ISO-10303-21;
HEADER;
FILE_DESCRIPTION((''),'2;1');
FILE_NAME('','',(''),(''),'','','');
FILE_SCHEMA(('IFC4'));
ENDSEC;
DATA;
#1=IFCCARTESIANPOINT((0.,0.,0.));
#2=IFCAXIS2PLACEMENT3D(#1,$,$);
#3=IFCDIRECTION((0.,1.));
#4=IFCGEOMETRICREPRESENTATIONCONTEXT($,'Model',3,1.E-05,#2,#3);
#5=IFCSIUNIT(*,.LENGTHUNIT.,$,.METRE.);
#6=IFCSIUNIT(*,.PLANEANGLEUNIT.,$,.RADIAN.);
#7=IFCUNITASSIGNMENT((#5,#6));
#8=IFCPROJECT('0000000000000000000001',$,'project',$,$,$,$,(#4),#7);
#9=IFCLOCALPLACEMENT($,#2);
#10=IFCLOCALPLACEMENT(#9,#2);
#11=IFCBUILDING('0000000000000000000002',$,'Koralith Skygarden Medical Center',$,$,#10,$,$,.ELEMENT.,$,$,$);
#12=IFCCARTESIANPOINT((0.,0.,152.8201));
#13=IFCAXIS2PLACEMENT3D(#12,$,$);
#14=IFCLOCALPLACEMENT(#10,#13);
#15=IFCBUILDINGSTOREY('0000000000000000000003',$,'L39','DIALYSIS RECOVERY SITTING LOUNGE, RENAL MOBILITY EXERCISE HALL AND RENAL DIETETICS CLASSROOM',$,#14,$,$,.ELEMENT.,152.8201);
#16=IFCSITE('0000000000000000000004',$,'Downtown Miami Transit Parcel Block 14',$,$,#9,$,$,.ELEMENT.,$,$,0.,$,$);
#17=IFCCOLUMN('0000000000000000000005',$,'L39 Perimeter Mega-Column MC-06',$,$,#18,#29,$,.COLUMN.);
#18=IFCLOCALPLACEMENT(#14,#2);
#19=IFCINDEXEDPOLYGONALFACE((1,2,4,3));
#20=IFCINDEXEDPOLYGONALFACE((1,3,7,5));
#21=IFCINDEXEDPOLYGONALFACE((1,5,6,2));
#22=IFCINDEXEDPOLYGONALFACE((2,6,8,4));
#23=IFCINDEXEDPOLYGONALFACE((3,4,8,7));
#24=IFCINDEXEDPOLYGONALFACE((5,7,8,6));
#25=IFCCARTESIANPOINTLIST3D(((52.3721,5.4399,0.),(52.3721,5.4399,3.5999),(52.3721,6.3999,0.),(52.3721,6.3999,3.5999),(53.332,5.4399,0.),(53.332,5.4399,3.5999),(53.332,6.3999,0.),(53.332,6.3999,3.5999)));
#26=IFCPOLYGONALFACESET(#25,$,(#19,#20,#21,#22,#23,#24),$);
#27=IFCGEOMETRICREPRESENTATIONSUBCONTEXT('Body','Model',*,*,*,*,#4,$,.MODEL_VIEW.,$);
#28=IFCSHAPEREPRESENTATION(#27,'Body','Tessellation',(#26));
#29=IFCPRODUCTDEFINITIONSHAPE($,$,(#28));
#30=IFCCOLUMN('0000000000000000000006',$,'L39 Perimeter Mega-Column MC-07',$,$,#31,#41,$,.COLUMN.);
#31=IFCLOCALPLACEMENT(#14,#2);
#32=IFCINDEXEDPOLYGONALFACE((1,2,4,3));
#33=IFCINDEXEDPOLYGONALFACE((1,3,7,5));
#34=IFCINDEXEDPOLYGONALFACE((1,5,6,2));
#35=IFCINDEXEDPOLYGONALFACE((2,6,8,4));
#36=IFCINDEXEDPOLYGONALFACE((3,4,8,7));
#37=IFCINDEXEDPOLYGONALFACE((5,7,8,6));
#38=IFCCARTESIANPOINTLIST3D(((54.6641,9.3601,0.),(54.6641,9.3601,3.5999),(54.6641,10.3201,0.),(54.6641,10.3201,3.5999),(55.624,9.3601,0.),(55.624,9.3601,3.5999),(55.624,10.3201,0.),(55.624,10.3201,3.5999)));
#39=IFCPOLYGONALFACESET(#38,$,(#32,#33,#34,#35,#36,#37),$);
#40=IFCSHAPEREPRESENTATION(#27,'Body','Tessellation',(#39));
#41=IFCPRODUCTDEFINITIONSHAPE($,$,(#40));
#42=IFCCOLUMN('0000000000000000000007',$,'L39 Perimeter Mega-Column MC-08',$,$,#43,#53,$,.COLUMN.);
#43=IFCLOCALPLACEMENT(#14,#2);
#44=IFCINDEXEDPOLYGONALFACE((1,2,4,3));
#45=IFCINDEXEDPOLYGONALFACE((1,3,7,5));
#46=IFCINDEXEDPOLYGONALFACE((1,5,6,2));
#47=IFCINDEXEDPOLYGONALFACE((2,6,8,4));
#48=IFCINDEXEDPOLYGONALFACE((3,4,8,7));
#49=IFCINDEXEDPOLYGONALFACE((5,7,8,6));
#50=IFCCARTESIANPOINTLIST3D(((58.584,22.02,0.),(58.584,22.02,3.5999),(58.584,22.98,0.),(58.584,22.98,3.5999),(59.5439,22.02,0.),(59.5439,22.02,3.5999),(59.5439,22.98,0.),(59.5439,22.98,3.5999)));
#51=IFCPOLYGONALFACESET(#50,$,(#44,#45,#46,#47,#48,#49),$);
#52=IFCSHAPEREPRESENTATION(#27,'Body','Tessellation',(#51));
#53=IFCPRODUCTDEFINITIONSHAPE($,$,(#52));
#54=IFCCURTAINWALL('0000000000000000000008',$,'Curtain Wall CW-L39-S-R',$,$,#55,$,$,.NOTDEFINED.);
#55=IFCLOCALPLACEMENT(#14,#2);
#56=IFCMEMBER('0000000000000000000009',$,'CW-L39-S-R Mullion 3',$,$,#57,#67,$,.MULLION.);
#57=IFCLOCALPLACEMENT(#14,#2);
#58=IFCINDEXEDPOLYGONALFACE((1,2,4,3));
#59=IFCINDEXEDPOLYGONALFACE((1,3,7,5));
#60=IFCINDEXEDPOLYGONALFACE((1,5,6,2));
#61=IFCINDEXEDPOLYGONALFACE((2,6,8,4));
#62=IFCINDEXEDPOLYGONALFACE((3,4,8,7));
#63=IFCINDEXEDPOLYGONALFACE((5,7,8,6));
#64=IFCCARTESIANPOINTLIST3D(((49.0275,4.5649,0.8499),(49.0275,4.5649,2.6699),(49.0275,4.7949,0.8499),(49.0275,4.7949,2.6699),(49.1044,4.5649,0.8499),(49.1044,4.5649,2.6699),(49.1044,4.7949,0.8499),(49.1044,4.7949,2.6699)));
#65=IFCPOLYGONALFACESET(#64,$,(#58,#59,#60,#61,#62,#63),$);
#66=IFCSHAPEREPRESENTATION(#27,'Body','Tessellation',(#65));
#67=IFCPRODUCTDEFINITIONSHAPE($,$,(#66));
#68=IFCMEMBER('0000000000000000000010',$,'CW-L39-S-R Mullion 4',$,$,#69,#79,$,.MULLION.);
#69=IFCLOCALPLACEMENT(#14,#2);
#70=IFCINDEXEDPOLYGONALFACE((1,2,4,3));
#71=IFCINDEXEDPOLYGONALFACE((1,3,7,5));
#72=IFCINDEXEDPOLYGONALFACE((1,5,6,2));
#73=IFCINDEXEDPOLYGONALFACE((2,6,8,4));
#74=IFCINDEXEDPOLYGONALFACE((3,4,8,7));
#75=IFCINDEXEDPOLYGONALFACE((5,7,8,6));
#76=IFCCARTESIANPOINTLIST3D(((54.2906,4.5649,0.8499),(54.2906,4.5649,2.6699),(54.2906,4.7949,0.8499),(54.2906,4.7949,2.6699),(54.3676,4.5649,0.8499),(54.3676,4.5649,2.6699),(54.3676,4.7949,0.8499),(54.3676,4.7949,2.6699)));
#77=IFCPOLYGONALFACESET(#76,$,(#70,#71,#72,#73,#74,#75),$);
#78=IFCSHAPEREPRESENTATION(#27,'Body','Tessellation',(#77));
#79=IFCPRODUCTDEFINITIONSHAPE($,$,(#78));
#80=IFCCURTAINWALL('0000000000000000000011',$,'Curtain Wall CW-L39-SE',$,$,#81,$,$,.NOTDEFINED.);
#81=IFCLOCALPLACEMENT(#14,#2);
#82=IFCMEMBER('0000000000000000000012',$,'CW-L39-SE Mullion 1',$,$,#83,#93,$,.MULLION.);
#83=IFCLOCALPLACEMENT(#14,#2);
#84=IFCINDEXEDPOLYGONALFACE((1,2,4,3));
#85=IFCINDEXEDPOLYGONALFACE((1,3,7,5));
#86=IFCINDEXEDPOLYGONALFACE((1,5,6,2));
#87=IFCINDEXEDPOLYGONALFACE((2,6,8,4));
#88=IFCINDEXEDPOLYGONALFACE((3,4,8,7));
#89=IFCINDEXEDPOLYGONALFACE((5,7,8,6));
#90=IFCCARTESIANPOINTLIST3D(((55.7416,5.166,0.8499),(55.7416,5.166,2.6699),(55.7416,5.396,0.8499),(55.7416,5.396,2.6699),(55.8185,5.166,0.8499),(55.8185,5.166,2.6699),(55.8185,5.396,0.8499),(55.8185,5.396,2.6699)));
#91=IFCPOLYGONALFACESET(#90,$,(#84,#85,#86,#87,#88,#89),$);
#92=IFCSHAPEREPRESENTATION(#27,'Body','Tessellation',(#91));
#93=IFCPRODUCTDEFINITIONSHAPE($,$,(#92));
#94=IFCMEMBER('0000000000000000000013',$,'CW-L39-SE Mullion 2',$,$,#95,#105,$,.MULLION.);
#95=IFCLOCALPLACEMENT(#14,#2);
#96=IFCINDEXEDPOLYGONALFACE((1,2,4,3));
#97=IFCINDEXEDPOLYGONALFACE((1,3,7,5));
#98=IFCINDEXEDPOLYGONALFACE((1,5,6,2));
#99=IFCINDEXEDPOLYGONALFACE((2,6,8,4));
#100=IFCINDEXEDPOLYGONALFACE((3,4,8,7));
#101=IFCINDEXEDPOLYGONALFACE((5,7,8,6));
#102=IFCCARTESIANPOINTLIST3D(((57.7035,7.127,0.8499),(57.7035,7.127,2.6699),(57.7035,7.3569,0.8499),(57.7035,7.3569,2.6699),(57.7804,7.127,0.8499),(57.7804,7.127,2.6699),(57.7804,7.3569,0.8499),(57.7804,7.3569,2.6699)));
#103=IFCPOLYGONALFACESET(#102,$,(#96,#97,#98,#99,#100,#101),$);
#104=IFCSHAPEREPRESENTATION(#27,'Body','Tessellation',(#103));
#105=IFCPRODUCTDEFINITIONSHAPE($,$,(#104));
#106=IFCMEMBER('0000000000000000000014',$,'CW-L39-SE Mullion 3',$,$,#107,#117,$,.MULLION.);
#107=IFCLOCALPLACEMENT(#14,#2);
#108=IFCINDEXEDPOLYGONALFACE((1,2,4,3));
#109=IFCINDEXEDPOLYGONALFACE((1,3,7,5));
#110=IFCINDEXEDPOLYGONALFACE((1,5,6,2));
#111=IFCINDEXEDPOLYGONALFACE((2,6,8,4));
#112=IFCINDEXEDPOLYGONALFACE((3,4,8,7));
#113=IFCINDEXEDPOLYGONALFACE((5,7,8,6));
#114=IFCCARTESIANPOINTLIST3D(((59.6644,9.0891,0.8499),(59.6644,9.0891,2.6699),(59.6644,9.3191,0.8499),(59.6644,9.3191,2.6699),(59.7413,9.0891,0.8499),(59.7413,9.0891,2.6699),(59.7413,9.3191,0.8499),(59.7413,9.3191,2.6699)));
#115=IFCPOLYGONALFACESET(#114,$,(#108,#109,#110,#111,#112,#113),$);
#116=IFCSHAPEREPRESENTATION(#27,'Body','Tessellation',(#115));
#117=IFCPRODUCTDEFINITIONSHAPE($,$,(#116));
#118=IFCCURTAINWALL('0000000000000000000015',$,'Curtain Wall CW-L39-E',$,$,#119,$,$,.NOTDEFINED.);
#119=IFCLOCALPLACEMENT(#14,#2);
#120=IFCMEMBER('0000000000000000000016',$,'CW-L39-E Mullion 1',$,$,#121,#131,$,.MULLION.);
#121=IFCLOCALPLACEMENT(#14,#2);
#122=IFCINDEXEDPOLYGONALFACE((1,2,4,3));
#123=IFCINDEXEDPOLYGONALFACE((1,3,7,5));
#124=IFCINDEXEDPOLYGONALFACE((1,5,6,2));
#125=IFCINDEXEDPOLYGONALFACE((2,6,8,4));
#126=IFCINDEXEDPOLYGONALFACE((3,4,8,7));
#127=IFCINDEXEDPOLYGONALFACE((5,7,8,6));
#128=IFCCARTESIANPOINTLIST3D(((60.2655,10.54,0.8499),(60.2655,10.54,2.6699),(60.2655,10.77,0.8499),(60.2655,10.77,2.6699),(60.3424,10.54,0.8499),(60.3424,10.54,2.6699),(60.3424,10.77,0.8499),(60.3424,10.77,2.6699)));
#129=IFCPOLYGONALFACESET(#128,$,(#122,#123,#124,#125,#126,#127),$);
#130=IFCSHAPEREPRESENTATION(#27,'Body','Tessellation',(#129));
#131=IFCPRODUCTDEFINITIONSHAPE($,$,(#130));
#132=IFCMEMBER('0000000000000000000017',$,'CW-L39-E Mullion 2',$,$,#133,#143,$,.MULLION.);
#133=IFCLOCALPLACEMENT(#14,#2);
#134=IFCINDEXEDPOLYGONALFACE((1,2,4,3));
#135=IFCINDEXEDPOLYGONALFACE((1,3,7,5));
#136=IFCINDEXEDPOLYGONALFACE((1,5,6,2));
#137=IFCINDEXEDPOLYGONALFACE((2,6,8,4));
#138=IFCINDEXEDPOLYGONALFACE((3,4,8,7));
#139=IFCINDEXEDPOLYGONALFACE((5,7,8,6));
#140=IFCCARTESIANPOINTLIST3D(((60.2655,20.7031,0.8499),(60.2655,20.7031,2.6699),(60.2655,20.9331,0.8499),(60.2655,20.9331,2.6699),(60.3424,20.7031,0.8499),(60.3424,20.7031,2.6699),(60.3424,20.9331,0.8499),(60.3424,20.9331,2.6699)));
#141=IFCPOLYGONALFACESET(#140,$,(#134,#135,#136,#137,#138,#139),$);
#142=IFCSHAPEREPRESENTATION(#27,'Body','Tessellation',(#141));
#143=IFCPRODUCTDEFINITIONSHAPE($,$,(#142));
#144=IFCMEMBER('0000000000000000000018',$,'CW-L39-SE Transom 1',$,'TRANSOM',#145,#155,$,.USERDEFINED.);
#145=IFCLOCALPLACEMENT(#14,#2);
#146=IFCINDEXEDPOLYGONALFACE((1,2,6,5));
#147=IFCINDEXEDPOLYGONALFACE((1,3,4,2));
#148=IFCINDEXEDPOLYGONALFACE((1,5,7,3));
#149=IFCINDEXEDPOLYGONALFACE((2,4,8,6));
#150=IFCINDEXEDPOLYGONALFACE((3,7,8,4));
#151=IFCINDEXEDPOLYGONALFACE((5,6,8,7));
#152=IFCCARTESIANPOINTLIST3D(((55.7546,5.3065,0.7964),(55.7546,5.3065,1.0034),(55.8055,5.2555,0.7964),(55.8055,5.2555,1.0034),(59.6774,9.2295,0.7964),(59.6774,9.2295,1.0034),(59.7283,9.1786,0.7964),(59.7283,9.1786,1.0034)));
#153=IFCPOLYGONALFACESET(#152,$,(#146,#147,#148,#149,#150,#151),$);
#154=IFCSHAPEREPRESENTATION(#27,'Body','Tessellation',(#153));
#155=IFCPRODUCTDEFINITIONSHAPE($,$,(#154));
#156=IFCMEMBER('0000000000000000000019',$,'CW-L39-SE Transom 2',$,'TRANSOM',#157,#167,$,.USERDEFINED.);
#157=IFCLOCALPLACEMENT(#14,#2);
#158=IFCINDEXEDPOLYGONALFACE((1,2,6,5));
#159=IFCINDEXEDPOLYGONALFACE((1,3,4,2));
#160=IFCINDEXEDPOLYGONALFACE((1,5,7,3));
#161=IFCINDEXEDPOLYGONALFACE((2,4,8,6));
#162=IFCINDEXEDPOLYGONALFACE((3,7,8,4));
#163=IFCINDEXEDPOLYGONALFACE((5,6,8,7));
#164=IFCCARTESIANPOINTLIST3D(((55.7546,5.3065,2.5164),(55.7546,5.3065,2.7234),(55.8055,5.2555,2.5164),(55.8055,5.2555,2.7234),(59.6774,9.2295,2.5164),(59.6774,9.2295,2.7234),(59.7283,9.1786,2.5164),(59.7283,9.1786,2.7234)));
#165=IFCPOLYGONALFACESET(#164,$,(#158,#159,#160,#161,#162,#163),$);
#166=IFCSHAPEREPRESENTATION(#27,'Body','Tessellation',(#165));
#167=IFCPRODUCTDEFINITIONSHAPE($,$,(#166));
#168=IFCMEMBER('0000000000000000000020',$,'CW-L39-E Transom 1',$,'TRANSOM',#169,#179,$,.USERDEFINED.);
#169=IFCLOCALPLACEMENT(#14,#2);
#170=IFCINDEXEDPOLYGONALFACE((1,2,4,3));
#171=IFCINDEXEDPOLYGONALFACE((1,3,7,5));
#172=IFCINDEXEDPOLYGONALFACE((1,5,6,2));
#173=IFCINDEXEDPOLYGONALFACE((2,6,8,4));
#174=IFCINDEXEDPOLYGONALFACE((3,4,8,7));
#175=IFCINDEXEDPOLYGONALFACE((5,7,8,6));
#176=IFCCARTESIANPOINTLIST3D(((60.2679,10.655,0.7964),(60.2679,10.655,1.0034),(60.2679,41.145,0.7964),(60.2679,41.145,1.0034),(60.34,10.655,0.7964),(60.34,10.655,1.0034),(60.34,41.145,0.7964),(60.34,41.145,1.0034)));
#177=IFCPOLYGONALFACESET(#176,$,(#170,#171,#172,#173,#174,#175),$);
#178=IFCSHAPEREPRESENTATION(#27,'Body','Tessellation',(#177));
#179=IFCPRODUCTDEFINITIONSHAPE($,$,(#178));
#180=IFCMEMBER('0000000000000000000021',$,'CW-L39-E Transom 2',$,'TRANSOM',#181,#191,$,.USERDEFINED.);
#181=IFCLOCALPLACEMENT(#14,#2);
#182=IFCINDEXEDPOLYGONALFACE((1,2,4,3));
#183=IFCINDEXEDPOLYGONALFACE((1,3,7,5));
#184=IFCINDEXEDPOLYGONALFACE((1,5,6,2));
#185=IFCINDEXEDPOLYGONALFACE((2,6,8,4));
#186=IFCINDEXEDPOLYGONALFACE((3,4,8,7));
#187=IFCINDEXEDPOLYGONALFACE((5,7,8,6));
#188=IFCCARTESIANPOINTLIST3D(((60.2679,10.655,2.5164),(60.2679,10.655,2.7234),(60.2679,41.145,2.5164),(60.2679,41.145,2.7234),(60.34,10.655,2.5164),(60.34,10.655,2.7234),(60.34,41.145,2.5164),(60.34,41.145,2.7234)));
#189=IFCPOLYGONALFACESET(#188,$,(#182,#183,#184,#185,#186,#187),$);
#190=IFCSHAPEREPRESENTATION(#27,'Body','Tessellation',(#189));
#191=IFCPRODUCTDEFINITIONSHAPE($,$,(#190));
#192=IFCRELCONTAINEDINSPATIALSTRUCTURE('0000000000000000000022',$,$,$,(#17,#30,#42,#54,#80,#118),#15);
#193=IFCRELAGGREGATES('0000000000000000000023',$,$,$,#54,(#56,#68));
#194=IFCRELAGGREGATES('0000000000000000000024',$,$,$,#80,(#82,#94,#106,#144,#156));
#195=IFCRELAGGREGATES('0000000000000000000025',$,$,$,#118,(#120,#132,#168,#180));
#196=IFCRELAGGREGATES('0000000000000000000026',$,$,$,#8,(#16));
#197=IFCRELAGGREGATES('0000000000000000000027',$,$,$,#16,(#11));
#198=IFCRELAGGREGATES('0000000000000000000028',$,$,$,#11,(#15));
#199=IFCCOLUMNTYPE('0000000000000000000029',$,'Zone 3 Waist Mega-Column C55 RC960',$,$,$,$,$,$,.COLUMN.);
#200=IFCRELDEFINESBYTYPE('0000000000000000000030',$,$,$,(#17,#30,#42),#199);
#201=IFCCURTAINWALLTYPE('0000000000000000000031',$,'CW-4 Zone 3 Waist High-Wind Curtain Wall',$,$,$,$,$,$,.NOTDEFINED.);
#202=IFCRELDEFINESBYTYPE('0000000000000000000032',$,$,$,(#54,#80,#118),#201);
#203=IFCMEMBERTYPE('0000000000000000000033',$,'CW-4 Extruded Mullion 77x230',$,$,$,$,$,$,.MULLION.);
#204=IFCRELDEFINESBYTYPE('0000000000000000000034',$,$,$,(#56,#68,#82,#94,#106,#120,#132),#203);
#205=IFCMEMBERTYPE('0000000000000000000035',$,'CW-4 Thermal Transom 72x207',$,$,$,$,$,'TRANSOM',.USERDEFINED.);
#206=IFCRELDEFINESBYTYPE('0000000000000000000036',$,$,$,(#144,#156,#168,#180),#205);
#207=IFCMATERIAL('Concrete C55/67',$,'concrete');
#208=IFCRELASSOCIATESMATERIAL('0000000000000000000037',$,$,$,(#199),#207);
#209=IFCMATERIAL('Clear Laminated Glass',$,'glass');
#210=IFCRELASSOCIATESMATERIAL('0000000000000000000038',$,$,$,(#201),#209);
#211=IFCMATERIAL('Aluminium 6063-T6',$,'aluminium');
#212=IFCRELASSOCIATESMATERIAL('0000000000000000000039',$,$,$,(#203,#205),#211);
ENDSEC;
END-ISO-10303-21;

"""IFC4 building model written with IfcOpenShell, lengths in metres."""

from ifc_helpers import new_model, si_unit, direction, frame, origin, origin_2d, place, context, subcontext, project, spatial, rectangle, extrude, material, material_profile, profile_set, type_object, element, aggregate, save


model = new_model("IFC4")

# Units and contexts
model_context = context("Model", 3, precision=1e-05, world=origin(), true_north=direction((0.0, 1.0)))
body_context = subcontext(model_context, "Body", "Model", "MODEL_VIEW")
ifc_project = project(units=[si_unit("LENGTHUNIT", "METRE"), si_unit("PLANEANGLEUNIT", "RADIAN")], contexts=[model_context])

# Site, building, storey
site_placement = place(None, origin())
site = spatial("IfcSite", under=ifc_project, at=site_placement, Name="Downtown Miami Transit Parcel Block 14", CompositionType="ELEMENT", RefElevation=0.0)
building_placement = place(site_placement, origin())
building = spatial("IfcBuilding", under=site, at=building_placement, Name="Koralith Skygarden Medical Center", CompositionType="ELEMENT")
storey_placement = place(building_placement, frame((0.0, 0.0, 152.8201)))
storey = spatial("IfcBuildingStorey", under=building, at=storey_placement, Name="L39", Description="DIALYSIS RECOVERY SITTING LOUNGE, RENAL MOBILITY EXERCISE HALL AND RENAL DIETETICS CLASSROOM", CompositionType="ELEMENT", Elevation=152.8201)

# Columns
ifc_material_1 = material(Name="Concrete C55/67", Category="concrete")
ifc_material_profile_1 = material_profile(ifc_material_1, rectangle(XDim=0.96, YDim=0.96, at=origin_2d()), Name="RC960X960")
ifc_profile_set_1 = profile_set([ifc_material_profile_1], Name="Concrete C55/67")
column_type = type_object("IfcColumnType", Name="Zone 3 Waist Mega-Column C55 RC960", PredefinedType="COLUMN", material=ifc_profile_set_1)
for number, where, z_axis, x_axis, name in (
    (1, (52.8521, 5.9199, 0.0), (0.0, 0.0, 1.0), (1.0, 0.0, 0.0), "L39 Perimeter Mega-Column MC-06"),
    (2, (55.144, 9.8401, 0.0), (0.0, 0.0, 1.0), (1.0, 0.0, 0.0), "L39 Perimeter Mega-Column MC-07"),
    (3, (59.064, 22.5, 0.0), (0.0, 0.0, 1.0), (1.0, 0.0, 0.0), "L39 Perimeter Mega-Column MC-08"),
):
    element("IfcColumn", number, at=place(storey_placement, frame(where, z_axis=z_axis, x_axis=x_axis)), inside=storey, type_object=column_type, Name=name, PredefinedType="COLUMN", context=body_context, shape_type="SweptSolid", body=[
        extrude(rectangle(XDim=0.96, YDim=0.96, at=origin_2d()), origin(), (0.0, 0.0, 1.0), 3.5999),
    ])

# Curtain walls, members
ifc_material_2 = material(Name="Clear Laminated Glass", Category="glass")
curtain_wall_type = type_object("IfcCurtainWallType", Name="CW-4 Zone 3 Waist High-Wind Curtain Wall", PredefinedType="NOTDEFINED", material=ifc_material_2)
curtain_wall_1_placement = place(storey_placement, origin())
curtain_wall_1 = element("IfcCurtainWall", 4, at=curtain_wall_1_placement, inside=storey, type_object=curtain_wall_type, Name="Curtain Wall CW-L39-S-R", PredefinedType="NOTDEFINED")
ifc_material_3 = material(Name="Aluminium 6063-T6", Category="aluminium")
ifc_material_profile_2 = material_profile(ifc_material_3, rectangle(XDim=0.0769, YDim=0.23, at=origin_2d()), Name="MUL77X230")
ifc_profile_set_2 = profile_set([ifc_material_profile_2], Name="Aluminium 6063-T6")
member_type_1 = type_object("IfcMemberType", Name="CW-4 Extruded Mullion 77x230", PredefinedType="MULLION", material=ifc_profile_set_2)
member_1_placement = place(storey_placement, frame((49.0659, 4.6799, 0.8499), z_axis=(0.0, 0.0, 1.0), x_axis=(1.0, 0.0, 0.0)))
member_1 = element("IfcMember", 5, at=member_1_placement, type_object=member_type_1, Name="CW-L39-S-R Mullion 3", PredefinedType="MULLION", context=body_context, shape_type="SweptSolid", body=[
    extrude(rectangle(XDim=0.0769, YDim=0.23, at=origin_2d()), origin(), (0.0, 0.0, 1.0), 1.8201),
])
member_2_placement = place(storey_placement, frame((54.3291, 4.6799, 0.8499), z_axis=(0.0, 0.0, 1.0), x_axis=(1.0, 0.0, 0.0)))
member_2 = element("IfcMember", 6, at=member_2_placement, type_object=member_type_1, Name="CW-L39-S-R Mullion 4", PredefinedType="MULLION", context=body_context, shape_type="SweptSolid", body=[
    extrude(rectangle(XDim=0.0769, YDim=0.23, at=origin_2d()), origin(), (0.0, 0.0, 1.0), 1.8201),
])
curtain_wall_2_placement = place(storey_placement, origin())
curtain_wall_2 = element("IfcCurtainWall", 7, at=curtain_wall_2_placement, inside=storey, type_object=curtain_wall_type, Name="Curtain Wall CW-L39-SE", PredefinedType="NOTDEFINED")
member_3_placement = place(storey_placement, frame((55.78, 5.281, 0.8499), z_axis=(0.0, 0.0, 1.0), x_axis=(1.0, 0.0, 0.0)))
member_3 = element("IfcMember", 8, at=member_3_placement, type_object=member_type_1, Name="CW-L39-SE Mullion 1", PredefinedType="MULLION", context=body_context, shape_type="SweptSolid", body=[
    extrude(rectangle(XDim=0.0769, YDim=0.23, at=origin_2d()), origin(), (0.0, 0.0, 1.0), 1.8201),
])
member_4_placement = place(storey_placement, frame((57.7419, 7.2419, 0.8499), z_axis=(0.0, 0.0, 1.0), x_axis=(1.0, 0.0, 0.0)))
member_4 = element("IfcMember", 9, at=member_4_placement, type_object=member_type_1, Name="CW-L39-SE Mullion 2", PredefinedType="MULLION", context=body_context, shape_type="SweptSolid", body=[
    extrude(rectangle(XDim=0.0769, YDim=0.23, at=origin_2d()), origin(), (0.0, 0.0, 1.0), 1.8201),
])
member_5_placement = place(storey_placement, frame((59.7029, 9.2041, 0.8499), z_axis=(0.0, 0.0, 1.0), x_axis=(1.0, 0.0, 0.0)))
member_5 = element("IfcMember", 10, at=member_5_placement, type_object=member_type_1, Name="CW-L39-SE Mullion 3", PredefinedType="MULLION", context=body_context, shape_type="SweptSolid", body=[
    extrude(rectangle(XDim=0.0769, YDim=0.23, at=origin_2d()), origin(), (0.0, 0.0, 1.0), 1.8201),
])
curtain_wall_3_placement = place(storey_placement, origin())
curtain_wall_3 = element("IfcCurtainWall", 11, at=curtain_wall_3_placement, inside=storey, type_object=curtain_wall_type, Name="Curtain Wall CW-L39-E", PredefinedType="NOTDEFINED")
member_6_placement = place(storey_placement, frame((60.304, 10.655, 0.8499), z_axis=(0.0, 0.0, 1.0), x_axis=(1.0, 0.0, 0.0)))
member_6 = element("IfcMember", 12, at=member_6_placement, type_object=member_type_1, Name="CW-L39-E Mullion 1", PredefinedType="MULLION", context=body_context, shape_type="SweptSolid", body=[
    extrude(rectangle(XDim=0.0769, YDim=0.23, at=origin_2d()), origin(), (0.0, 0.0, 1.0), 1.8201),
])
member_7_placement = place(storey_placement, frame((60.304, 20.8181, 0.8499), z_axis=(0.0, 0.0, 1.0), x_axis=(1.0, 0.0, 0.0)))
member_7 = element("IfcMember", 13, at=member_7_placement, type_object=member_type_1, Name="CW-L39-E Mullion 2", PredefinedType="MULLION", context=body_context, shape_type="SweptSolid", body=[
    extrude(rectangle(XDim=0.0769, YDim=0.23, at=origin_2d()), origin(), (0.0, 0.0, 1.0), 1.8201),
])

# Members
ifc_material_profile_3 = material_profile(ifc_material_3, rectangle(XDim=0.072, YDim=0.207, at=origin_2d()), Name="TRN72X207")
ifc_profile_set_3 = profile_set([ifc_material_profile_3], Name="Aluminium 6063-T6")
member_type_2 = type_object("IfcMemberType", Name="CW-4 Thermal Transom 72x207", ElementType="TRANSOM", PredefinedType="USERDEFINED", material=ifc_profile_set_3)
member_8_placement = place(storey_placement, frame((55.78, 5.281, 0.8999), z_axis=(0.707085, 0.707129, 0.0), x_axis=(-0.707129, 0.707085, 0.0)))
member_8 = element("IfcMember", 14, at=member_8_placement, type_object=member_type_2, Name="CW-L39-SE Transom 1", ObjectType="TRANSOM", PredefinedType="USERDEFINED", context=body_context, shape_type="SweptSolid", body=[
    extrude(rectangle(XDim=0.072, YDim=0.207, at=origin_2d()), origin(), (0.0, 0.0, 1.0), 5.5479),
])
member_9_placement = place(storey_placement, frame((55.78, 5.281, 2.6199), z_axis=(0.707085, 0.707129, 0.0), x_axis=(-0.707129, 0.707085, 0.0)))
member_9 = element("IfcMember", 15, at=member_9_placement, type_object=member_type_2, Name="CW-L39-SE Transom 2", ObjectType="TRANSOM", PredefinedType="USERDEFINED", context=body_context, shape_type="SweptSolid", body=[
    extrude(rectangle(XDim=0.072, YDim=0.207, at=origin_2d()), origin(), (0.0, 0.0, 1.0), 5.5479),
])
member_10_placement = place(storey_placement, frame((60.304, 10.655, 0.8999), z_axis=(0.0, 1.0, 0.0), x_axis=(-1.0, 0.0, 0.0)))
member_10 = element("IfcMember", 16, at=member_10_placement, type_object=member_type_2, Name="CW-L39-E Transom 1", ObjectType="TRANSOM", PredefinedType="USERDEFINED", context=body_context, shape_type="SweptSolid", body=[
    extrude(rectangle(XDim=0.072, YDim=0.207, at=origin_2d()), origin(), (0.0, 0.0, 1.0), 30.49),
])
member_11_placement = place(storey_placement, frame((60.304, 10.655, 2.6199), z_axis=(0.0, 1.0, 0.0), x_axis=(-1.0, 0.0, 0.0)))
member_11 = element("IfcMember", 17, at=member_11_placement, type_object=member_type_2, Name="CW-L39-E Transom 2", ObjectType="TRANSOM", PredefinedType="USERDEFINED", context=body_context, shape_type="SweptSolid", body=[
    extrude(rectangle(XDim=0.072, YDim=0.207, at=origin_2d()), origin(), (0.0, 0.0, 1.0), 30.49),
])

aggregate(curtain_wall_1, [member_1, member_2])
aggregate(curtain_wall_2, [member_3, member_4, member_5, member_8, member_9])
aggregate(curtain_wall_3, [member_6, member_7, member_10, member_11])

save(model, "model.ifc")
